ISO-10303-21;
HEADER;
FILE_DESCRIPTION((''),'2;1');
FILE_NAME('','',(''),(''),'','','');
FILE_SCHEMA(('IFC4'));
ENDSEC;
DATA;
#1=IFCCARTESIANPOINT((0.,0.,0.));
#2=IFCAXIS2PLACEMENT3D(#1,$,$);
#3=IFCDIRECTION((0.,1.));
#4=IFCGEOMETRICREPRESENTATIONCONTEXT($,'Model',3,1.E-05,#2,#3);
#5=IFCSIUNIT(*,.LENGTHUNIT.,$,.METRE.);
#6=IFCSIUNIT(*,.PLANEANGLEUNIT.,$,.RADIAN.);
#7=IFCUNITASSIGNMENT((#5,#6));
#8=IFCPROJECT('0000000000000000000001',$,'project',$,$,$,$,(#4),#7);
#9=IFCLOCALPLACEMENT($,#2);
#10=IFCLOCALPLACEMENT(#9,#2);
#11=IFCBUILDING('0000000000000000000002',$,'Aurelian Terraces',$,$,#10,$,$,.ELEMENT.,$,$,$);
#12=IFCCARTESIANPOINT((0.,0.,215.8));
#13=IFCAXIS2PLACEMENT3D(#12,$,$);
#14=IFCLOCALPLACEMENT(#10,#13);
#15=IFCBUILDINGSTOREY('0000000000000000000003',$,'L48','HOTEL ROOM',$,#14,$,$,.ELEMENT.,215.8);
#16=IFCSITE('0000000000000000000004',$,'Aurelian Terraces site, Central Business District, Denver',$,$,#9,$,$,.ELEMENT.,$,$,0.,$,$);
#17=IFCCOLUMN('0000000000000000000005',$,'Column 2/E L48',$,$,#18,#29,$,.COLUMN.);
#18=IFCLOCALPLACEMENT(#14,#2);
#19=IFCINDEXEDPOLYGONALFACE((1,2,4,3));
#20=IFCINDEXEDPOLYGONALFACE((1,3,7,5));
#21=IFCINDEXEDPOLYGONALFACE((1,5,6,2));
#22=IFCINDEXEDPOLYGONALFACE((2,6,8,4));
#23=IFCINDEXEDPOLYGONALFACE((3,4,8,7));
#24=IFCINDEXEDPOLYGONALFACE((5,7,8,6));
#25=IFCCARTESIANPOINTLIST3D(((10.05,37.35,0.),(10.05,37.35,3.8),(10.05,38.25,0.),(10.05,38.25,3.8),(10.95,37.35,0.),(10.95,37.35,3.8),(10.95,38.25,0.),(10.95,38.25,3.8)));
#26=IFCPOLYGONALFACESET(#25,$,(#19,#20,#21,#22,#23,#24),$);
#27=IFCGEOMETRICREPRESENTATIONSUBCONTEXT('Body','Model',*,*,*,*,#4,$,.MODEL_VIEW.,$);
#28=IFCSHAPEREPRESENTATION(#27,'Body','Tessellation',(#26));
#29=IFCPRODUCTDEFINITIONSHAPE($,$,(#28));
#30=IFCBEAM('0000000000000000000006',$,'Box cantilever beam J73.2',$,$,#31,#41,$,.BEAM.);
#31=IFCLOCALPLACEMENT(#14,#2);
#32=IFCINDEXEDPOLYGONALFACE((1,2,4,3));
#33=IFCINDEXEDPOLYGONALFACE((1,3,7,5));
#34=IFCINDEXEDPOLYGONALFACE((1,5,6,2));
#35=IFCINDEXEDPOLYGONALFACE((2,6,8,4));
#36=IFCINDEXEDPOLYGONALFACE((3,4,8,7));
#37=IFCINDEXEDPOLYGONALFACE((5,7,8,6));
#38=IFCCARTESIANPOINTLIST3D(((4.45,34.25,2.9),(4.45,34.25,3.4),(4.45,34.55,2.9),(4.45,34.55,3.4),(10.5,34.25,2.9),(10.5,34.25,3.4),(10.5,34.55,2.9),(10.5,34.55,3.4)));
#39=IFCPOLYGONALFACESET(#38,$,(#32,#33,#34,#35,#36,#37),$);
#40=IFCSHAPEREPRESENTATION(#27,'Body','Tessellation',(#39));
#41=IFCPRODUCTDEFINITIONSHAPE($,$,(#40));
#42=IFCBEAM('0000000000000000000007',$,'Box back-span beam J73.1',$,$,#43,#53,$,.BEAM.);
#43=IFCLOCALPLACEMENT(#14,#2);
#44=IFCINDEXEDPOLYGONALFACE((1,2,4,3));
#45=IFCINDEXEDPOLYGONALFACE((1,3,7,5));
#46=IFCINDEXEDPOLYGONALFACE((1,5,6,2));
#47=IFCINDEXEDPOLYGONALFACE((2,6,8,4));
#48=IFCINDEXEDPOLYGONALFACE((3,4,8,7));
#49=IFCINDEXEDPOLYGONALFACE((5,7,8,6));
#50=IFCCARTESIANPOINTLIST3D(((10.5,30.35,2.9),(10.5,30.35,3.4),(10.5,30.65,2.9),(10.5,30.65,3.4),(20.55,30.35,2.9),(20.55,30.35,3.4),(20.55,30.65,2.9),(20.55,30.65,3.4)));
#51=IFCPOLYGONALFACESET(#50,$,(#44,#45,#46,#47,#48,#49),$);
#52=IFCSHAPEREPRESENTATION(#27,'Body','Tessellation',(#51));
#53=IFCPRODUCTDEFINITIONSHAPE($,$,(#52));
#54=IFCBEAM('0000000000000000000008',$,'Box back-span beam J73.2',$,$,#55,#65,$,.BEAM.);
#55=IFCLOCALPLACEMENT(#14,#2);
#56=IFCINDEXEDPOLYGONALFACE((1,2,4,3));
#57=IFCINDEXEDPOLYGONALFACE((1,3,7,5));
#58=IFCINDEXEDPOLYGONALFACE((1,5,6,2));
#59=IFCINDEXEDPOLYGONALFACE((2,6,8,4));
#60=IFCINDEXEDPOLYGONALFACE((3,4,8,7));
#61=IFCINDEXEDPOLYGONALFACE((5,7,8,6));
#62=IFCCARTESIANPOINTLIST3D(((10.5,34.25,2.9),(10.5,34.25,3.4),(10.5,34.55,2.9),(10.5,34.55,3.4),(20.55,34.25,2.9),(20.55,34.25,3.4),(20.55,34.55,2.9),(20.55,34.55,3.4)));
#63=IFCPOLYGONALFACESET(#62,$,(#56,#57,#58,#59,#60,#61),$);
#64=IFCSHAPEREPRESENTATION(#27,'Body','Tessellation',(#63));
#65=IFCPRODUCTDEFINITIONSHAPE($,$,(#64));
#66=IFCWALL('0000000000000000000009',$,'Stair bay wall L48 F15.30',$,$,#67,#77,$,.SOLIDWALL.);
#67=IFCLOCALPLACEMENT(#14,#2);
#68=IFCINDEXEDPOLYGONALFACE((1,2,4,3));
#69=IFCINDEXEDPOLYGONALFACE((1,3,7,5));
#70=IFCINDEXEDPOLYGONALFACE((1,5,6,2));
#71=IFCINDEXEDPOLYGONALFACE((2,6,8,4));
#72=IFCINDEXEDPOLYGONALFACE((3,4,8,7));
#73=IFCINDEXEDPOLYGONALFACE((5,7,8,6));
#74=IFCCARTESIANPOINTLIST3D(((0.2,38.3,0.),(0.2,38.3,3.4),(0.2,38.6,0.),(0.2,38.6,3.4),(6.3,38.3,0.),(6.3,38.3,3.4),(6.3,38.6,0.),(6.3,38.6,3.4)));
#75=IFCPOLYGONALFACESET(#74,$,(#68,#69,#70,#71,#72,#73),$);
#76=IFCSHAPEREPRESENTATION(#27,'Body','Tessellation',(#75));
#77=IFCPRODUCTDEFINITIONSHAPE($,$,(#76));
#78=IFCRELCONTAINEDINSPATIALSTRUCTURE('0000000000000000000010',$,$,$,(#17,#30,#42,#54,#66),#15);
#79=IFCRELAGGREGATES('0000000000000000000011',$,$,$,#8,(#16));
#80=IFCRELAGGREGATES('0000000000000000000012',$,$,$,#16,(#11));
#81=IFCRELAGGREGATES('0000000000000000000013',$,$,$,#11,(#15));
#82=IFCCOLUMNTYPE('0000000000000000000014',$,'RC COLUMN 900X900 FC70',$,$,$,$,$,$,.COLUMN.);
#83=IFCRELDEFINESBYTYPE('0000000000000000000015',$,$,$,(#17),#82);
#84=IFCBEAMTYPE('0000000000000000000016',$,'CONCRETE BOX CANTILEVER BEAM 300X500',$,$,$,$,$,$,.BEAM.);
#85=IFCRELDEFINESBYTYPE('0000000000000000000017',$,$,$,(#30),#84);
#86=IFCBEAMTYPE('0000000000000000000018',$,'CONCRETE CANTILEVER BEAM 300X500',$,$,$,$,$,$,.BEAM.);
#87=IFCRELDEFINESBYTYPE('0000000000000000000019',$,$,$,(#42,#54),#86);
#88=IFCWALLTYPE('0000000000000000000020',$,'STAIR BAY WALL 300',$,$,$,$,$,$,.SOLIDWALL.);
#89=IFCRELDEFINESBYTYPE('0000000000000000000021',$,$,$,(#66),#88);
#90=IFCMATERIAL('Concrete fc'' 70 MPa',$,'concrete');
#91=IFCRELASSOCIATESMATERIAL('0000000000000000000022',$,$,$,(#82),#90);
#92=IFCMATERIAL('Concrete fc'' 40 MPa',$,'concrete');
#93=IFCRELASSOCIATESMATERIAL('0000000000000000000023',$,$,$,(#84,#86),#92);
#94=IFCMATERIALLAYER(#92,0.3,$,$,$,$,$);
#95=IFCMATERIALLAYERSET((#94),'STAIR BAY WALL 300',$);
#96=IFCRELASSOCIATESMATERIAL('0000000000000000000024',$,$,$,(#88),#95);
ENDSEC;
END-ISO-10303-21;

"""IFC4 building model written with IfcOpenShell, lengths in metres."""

from ifc_helpers import new_model, si_unit, direction, frame, frame_2d, origin, origin_2d, place, context, subcontext, project, spatial, rectangle, extrude, source, transform, mapped, material, layer, layer_set, material_profile, profile_set, type_object, element, save


model = new_model("IFC4")

# Units and contexts
model_context = context("Model", 3, precision=1e-05, world=origin(), true_north=direction((0.0, 1.0)))
body_context = subcontext(model_context, "Body", "Model", "MODEL_VIEW")
ifc_project = project(units=[si_unit("LENGTHUNIT", "METRE"), si_unit("PLANEANGLEUNIT", "RADIAN")], contexts=[model_context])

# Site, building, storey
site_placement = place(None, origin())
site = spatial("IfcSite", under=ifc_project, at=site_placement, Name="Aurelian Terraces site, Central Business District, Denver", CompositionType="ELEMENT", RefElevation=0.0)
building_placement = place(site_placement, origin())
building = spatial("IfcBuilding", under=site, at=building_placement, Name="Aurelian Terraces", CompositionType="ELEMENT")
storey_placement = place(building_placement, frame((0.0, 0.0, 215.8)))
storey = spatial("IfcBuildingStorey", under=building, at=storey_placement, Name="L48", Description="HOTEL ROOM", CompositionType="ELEMENT", Elevation=215.8)

# Column
ifc_material_1 = material(Name="Concrete fc' 70 MPa", Category="concrete")
ifc_material_profile_1 = material_profile(ifc_material_1, rectangle(XDim=0.9, YDim=0.9, at=origin_2d()))
ifc_profile_set_1 = profile_set([ifc_material_profile_1], Name="Concrete fc' 70 MPa")
column_type = type_object("IfcColumnType", Name="RC COLUMN 900X900 FC70", PredefinedType="COLUMN", material=ifc_profile_set_1)
shared_shape_1 = source(origin(), body_context, "Body", "SweptSolid", [
    extrude(rectangle(XDim=0.9, YDim=0.9, at=origin_2d()), origin(), (0.0, 0.0, 1.0), 3.8),
])
column_placement = place(storey_placement, frame((10.5, 37.8, 0.0), z_axis=(0.0, 0.0, 1.0), x_axis=(1.0, 0.0, 0.0)))
element("IfcColumn", 1, at=column_placement, inside=storey, type_object=column_type, Name="Column 2/E L48", PredefinedType="COLUMN", context=body_context, shape_type="MappedRepresentation", body=[
    mapped(shared_shape_1, transform((0.0, 0.0, 0.0), scale=1.0)),
])

# Beams
ifc_material_2 = material(Name="Concrete fc' 40 MPa", Category="concrete")
ifc_material_profile_2 = material_profile(ifc_material_2, rectangle(XDim=0.3, YDim=0.5, at=origin_2d()))
ifc_profile_set_2 = profile_set([ifc_material_profile_2], Name="Concrete fc' 40 MPa")
beam_type_1 = type_object("IfcBeamType", Name="CONCRETE BOX CANTILEVER BEAM 300X500", PredefinedType="BEAM", material=ifc_profile_set_2)
shared_shape_2 = source(origin(), body_context, "Body", "SweptSolid", [
    extrude(rectangle(XDim=0.3, YDim=0.5, at=origin_2d()), origin(), (0.0, 0.0, 1.0), 6.05),
])
beam_placement = place(storey_placement, frame((4.45, 34.4, 3.15), z_axis=(1.0, 0.0, 0.0), x_axis=(0.0, 1.0, 0.0)))
element("IfcBeam", 2, at=beam_placement, inside=storey, type_object=beam_type_1, Name="Box cantilever beam J73.2", PredefinedType="BEAM", context=body_context, shape_type="MappedRepresentation", body=[
    mapped(shared_shape_2, transform((0.0, 0.0, 0.0), scale=1.0)),
])
ifc_material_profile_3 = material_profile(ifc_material_2, rectangle(XDim=0.3, YDim=0.5, at=origin_2d()))
ifc_profile_set_3 = profile_set([ifc_material_profile_3], Name="Concrete fc' 40 MPa")
beam_type_2 = type_object("IfcBeamType", Name="CONCRETE CANTILEVER BEAM 300X500", PredefinedType="BEAM", material=ifc_profile_set_3)
shared_shape_3 = source(origin(), body_context, "Body", "SweptSolid", [
    extrude(rectangle(XDim=0.3, YDim=0.5, at=origin_2d()), origin(), (0.0, 0.0, 1.0), 10.05),
])
for number, where, z_axis, x_axis, name in (
    (3, (10.5, 30.5, 3.15), (1.0, 0.0, 0.0), (0.0, 1.0, 0.0), "Box back-span beam J73.1"),
    (4, (10.5, 34.4, 3.15), (1.0, 0.0, 0.0), (0.0, 1.0, 0.0), "Box back-span beam J73.2"),
):
    element("IfcBeam", number, at=place(storey_placement, frame(where, z_axis=z_axis, x_axis=x_axis)), inside=storey, type_object=beam_type_2, Name=name, PredefinedType="BEAM", context=body_context, shape_type="MappedRepresentation", body=[
        mapped(shared_shape_3, transform((0.0, 0.0, 0.0), scale=1.0)),
    ])

# Wall
ifc_layer_1 = layer(ifc_material_2, 0.3)
ifc_layer_set_1 = layer_set([ifc_layer_1], Name="STAIR BAY WALL 300")
wall_type_1 = type_object("IfcWallType", Name="STAIR BAY WALL 300", PredefinedType="SOLIDWALL", material=ifc_layer_set_1)
shared_shape_4 = source(origin(), body_context, "Body", "SweptSolid", [
    extrude(rectangle(XDim=6.1, YDim=0.3, at=frame_2d((3.05, 0.0))), origin(), (0.0, 0.0, 1.0), 3.4),
])
wall_1_placement = place(storey_placement, frame((0.2, 38.45, 0.0), z_axis=(0.0, 0.0, 1.0), x_axis=(1.0, 0.0, 0.0)))
element("IfcWall", 5, at=wall_1_placement, inside=storey, type_object=wall_type_1, Name="Stair bay wall L48 F15.30", PredefinedType="SOLIDWALL", context=body_context, shape_type="MappedRepresentation", body=[
    mapped(shared_shape_4, transform((0.0, 0.0, 0.0), scale=1.0)),
])

save(model, "model.ifc")
